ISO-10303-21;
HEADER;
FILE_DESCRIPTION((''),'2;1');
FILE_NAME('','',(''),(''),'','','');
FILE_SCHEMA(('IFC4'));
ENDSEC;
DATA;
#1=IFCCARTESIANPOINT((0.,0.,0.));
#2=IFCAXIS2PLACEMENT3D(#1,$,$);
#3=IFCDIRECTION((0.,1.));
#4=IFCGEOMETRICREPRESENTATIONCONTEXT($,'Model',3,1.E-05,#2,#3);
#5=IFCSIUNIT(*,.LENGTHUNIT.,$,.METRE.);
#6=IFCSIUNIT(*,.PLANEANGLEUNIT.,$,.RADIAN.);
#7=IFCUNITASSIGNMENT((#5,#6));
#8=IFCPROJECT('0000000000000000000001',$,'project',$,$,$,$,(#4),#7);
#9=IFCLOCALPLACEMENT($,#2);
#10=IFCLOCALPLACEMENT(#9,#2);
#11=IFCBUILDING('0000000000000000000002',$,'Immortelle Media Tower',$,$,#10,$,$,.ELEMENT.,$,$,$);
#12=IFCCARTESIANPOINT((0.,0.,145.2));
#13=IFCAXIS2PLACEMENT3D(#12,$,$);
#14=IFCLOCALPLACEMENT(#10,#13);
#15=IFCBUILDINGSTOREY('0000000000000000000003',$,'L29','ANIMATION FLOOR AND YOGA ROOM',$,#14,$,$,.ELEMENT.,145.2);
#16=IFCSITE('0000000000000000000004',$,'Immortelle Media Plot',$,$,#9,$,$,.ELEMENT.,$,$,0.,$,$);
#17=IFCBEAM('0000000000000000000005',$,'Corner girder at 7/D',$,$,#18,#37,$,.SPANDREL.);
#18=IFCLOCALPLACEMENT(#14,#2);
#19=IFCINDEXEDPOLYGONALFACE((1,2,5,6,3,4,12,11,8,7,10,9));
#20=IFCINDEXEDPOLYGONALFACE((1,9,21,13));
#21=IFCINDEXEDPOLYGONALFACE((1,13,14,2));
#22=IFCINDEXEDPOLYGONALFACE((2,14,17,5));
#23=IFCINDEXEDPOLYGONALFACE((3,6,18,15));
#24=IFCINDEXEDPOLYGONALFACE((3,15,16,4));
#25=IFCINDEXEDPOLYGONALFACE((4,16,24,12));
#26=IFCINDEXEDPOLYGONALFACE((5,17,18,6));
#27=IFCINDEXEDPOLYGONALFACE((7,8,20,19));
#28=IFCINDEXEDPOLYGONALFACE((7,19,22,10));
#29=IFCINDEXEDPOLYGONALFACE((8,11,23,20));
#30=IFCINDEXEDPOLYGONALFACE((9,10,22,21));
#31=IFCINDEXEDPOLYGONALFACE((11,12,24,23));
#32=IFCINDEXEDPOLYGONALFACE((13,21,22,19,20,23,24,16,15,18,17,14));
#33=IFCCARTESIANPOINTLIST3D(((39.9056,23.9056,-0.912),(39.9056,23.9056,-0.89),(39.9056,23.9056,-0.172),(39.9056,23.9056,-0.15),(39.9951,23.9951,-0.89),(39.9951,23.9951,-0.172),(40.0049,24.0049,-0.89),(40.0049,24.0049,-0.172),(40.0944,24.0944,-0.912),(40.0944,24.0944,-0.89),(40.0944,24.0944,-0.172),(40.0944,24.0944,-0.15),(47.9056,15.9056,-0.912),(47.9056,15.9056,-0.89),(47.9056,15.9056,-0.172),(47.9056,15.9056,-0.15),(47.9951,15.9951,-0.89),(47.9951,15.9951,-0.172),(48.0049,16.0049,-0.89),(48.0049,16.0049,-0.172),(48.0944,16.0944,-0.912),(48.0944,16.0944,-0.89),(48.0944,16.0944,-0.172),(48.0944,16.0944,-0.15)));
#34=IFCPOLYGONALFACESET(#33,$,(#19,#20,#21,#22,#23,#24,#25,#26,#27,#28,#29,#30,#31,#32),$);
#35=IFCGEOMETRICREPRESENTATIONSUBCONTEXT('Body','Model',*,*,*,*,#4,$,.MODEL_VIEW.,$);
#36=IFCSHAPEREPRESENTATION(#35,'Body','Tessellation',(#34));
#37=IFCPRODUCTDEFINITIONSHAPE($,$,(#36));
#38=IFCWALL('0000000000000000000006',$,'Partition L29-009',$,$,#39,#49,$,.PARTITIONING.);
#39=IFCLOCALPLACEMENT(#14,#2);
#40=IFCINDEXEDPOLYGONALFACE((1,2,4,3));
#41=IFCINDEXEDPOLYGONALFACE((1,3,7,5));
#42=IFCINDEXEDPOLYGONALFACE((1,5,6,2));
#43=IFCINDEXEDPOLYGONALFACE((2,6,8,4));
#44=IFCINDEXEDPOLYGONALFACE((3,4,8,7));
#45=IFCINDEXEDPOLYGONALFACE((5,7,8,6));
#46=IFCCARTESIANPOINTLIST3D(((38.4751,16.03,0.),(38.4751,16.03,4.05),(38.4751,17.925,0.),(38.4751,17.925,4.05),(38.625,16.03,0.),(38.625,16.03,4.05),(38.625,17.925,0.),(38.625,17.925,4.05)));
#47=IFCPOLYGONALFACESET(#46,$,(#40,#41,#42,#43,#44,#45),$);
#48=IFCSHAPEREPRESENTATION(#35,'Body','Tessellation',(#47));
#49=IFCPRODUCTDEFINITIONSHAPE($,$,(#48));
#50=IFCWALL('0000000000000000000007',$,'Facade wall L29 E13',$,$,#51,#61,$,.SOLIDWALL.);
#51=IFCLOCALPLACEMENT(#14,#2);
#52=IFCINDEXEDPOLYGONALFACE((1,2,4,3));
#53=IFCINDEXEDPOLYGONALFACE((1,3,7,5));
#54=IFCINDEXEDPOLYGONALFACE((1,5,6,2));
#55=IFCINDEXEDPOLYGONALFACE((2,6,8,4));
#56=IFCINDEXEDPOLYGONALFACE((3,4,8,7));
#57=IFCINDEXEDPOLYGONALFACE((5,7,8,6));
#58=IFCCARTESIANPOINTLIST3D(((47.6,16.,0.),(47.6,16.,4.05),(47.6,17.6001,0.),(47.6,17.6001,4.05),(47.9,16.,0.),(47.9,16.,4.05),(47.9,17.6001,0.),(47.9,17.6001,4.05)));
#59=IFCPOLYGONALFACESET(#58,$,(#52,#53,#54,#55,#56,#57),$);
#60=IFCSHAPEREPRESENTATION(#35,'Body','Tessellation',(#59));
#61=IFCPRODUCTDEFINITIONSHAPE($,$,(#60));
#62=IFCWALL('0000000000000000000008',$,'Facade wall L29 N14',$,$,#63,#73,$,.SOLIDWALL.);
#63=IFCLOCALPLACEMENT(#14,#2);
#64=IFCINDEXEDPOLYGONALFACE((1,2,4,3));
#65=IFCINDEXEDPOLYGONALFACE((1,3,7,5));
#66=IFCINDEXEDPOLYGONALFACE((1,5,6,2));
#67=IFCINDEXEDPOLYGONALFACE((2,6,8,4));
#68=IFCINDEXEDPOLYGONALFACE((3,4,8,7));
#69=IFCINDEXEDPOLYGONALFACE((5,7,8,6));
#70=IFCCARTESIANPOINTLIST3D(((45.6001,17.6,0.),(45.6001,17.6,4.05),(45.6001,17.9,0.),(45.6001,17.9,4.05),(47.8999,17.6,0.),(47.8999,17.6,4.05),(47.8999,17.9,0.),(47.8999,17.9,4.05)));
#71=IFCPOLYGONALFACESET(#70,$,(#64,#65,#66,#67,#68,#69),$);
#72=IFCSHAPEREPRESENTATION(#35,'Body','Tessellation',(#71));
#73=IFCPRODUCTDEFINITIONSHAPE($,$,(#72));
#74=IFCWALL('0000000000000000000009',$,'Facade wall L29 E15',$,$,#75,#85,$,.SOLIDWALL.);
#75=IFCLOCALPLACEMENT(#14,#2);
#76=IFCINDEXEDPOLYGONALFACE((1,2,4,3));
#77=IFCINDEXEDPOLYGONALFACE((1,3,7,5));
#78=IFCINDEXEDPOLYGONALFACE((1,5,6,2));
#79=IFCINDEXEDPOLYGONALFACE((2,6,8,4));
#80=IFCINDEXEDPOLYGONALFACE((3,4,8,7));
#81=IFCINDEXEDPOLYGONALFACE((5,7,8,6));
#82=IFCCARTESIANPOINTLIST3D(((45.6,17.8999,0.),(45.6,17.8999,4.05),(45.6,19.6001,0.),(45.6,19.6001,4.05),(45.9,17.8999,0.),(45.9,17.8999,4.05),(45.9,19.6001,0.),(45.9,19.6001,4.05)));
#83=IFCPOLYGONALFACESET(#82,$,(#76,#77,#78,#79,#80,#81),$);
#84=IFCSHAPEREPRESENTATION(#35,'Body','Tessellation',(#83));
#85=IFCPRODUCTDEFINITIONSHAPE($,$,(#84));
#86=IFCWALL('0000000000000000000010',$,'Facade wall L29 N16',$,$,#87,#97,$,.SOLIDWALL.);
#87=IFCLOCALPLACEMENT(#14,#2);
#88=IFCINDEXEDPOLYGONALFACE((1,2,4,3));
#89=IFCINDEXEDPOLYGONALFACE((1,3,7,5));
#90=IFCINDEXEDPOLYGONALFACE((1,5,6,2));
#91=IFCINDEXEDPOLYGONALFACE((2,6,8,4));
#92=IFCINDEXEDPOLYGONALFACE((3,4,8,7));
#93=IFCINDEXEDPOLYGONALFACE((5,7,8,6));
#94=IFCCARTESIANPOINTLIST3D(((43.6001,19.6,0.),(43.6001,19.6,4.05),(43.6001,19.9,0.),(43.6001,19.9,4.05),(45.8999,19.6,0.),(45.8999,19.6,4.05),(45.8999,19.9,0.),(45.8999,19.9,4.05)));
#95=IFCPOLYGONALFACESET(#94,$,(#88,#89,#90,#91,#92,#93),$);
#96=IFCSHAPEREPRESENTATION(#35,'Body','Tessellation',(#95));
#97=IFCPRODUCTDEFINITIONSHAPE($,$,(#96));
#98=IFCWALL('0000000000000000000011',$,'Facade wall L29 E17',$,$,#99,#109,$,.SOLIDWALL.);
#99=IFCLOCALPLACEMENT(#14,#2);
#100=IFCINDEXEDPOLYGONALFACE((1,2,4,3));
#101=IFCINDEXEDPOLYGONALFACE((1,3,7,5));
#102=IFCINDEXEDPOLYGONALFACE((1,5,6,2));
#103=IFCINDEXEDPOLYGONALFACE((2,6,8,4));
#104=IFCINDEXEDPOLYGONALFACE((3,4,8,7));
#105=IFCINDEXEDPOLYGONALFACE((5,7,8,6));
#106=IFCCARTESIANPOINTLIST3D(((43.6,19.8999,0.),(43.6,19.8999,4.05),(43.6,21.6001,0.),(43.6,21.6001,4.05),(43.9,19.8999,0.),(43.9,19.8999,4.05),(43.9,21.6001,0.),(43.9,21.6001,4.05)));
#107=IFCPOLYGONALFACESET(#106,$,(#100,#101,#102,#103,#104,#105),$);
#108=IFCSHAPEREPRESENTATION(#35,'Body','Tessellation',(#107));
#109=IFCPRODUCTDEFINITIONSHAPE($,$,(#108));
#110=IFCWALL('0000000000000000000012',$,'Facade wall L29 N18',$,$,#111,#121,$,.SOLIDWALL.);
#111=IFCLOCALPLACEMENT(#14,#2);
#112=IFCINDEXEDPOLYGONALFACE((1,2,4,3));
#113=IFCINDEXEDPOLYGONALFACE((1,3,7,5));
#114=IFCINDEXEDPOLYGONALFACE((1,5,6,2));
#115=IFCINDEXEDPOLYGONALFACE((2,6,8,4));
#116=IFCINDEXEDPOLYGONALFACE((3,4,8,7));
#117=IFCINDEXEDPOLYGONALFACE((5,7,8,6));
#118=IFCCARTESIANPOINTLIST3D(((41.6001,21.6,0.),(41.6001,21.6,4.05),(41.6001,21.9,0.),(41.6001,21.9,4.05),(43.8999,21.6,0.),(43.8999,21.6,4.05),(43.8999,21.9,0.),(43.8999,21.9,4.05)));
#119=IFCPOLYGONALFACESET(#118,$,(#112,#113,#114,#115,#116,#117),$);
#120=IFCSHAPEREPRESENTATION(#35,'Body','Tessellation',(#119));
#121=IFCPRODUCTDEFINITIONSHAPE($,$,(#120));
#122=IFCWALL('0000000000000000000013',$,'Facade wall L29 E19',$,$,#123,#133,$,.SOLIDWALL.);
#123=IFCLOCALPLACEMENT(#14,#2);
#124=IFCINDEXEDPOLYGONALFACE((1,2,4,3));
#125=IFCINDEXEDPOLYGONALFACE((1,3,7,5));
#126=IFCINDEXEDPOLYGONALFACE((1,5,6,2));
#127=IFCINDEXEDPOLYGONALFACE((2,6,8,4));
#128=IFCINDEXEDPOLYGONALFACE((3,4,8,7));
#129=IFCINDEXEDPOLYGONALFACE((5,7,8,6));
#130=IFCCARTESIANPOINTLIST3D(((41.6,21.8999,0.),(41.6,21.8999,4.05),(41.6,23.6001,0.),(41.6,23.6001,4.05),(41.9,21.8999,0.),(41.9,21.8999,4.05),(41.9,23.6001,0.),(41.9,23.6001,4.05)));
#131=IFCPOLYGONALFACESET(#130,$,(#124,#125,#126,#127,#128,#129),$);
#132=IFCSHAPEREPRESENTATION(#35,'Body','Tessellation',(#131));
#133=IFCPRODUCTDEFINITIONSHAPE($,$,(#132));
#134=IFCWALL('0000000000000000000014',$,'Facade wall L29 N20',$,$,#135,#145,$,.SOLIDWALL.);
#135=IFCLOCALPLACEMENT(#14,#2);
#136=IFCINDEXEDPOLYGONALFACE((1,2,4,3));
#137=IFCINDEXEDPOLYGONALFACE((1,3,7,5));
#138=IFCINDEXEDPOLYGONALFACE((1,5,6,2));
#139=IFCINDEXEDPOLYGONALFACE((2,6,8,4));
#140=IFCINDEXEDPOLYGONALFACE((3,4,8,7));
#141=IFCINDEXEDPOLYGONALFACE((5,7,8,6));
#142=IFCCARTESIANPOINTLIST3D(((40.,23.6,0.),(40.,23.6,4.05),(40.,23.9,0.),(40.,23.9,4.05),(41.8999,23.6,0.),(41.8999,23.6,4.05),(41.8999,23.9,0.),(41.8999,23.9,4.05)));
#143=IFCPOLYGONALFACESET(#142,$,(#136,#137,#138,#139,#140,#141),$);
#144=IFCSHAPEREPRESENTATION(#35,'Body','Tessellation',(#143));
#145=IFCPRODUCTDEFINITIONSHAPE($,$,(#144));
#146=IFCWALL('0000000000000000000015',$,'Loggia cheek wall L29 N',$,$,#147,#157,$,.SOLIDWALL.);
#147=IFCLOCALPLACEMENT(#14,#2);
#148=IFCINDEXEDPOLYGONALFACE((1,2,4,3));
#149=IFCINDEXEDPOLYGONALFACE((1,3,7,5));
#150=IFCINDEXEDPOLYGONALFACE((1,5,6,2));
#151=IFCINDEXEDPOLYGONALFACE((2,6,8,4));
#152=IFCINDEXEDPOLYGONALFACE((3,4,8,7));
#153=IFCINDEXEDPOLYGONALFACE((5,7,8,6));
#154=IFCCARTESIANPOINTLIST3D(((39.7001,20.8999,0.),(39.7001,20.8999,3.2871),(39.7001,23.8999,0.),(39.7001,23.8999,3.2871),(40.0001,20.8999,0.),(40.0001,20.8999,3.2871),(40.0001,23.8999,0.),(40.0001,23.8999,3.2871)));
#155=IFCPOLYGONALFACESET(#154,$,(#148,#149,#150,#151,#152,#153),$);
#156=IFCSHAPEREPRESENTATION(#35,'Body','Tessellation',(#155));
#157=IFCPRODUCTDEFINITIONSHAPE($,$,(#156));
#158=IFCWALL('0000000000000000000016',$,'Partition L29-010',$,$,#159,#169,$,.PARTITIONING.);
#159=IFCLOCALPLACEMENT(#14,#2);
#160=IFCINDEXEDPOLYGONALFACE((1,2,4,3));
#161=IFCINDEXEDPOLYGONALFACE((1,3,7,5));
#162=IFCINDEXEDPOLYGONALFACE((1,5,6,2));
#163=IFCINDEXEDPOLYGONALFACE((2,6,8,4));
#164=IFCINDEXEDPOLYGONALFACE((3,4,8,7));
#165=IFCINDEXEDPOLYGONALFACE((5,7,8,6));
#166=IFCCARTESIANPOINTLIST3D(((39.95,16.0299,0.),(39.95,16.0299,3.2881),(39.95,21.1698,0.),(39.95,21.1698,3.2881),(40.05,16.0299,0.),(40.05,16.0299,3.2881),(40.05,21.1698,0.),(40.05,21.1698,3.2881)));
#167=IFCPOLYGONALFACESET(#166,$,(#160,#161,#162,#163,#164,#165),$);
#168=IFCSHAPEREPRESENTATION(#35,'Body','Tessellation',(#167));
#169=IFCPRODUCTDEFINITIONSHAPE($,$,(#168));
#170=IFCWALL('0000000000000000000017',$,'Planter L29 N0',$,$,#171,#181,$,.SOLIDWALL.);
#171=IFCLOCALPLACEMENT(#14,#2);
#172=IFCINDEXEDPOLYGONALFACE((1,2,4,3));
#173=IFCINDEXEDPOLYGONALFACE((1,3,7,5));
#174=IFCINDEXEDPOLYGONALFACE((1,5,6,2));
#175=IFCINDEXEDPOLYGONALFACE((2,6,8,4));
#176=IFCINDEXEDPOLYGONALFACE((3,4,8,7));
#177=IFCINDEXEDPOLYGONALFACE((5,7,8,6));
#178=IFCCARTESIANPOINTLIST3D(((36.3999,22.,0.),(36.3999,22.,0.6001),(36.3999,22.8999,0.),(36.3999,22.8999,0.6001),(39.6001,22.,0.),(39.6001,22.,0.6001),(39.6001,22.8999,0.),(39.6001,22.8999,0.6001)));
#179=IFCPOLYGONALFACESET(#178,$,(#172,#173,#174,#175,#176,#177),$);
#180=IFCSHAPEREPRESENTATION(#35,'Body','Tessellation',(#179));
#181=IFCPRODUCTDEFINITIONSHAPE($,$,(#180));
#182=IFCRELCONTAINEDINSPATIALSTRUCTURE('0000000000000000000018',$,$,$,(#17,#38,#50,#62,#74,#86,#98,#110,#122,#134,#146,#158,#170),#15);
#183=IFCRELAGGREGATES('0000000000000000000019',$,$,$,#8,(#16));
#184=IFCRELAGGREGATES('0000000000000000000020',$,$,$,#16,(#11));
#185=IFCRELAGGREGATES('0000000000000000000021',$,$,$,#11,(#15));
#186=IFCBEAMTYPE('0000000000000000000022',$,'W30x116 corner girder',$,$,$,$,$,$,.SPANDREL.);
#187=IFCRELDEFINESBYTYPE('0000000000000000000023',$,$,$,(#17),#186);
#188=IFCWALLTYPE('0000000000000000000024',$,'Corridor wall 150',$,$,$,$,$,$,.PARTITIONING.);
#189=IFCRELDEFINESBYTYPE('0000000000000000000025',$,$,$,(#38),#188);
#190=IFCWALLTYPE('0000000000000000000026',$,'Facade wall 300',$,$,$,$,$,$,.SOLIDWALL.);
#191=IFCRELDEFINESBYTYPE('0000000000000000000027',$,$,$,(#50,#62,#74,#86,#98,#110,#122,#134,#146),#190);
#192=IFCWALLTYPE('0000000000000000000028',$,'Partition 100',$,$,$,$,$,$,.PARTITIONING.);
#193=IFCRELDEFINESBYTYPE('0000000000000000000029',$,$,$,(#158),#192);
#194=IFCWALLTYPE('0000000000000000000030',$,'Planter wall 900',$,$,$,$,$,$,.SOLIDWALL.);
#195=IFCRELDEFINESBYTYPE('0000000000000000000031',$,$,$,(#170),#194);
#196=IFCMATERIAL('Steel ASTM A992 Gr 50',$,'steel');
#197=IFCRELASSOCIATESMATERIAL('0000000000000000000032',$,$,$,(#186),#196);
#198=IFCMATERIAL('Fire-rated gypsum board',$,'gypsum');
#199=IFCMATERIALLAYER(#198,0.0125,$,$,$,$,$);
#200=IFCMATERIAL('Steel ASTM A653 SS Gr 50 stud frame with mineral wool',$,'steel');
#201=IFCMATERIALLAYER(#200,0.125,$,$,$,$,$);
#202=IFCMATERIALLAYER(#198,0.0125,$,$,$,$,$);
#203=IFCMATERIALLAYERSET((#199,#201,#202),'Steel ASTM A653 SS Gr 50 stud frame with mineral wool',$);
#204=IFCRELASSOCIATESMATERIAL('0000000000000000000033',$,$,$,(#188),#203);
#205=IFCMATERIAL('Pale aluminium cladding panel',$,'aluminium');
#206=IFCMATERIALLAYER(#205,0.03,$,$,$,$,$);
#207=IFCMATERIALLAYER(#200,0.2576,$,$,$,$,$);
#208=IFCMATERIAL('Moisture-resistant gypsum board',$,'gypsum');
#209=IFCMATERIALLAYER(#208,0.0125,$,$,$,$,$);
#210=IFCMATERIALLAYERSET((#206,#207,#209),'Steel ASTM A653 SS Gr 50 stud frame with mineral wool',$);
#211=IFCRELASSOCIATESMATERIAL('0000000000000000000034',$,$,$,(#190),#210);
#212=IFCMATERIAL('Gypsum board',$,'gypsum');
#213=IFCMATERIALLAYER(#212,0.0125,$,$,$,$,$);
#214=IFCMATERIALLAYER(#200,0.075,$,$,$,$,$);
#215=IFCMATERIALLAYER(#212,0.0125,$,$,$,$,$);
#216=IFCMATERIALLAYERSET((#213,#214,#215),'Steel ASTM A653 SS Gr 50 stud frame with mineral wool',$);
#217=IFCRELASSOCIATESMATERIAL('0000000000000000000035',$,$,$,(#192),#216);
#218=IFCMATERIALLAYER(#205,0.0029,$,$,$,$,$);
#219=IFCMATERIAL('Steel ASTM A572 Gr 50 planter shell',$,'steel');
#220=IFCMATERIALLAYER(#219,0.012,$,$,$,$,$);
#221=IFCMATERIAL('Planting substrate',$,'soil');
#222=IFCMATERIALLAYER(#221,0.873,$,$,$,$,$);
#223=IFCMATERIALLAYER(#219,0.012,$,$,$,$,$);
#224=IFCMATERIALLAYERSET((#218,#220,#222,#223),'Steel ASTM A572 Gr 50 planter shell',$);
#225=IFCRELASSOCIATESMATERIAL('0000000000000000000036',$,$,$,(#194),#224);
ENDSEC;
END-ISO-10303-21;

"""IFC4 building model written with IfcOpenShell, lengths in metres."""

from ifc_helpers import new_model, si_unit, direction, frame, frame_2d, origin, origin_2d, place, context, subcontext, project, spatial, rectangle, i_section, extrude, material, layer, layer_set, material_profile, profile_set, type_object, element, save


model = new_model("IFC4")

# Units and contexts
model_context = context("Model", 3, precision=1e-05, world=origin(), true_north=direction((0.0, 1.0)))
body_context = subcontext(model_context, "Body", "Model", "MODEL_VIEW")
ifc_project = project(units=[si_unit("LENGTHUNIT", "METRE"), si_unit("PLANEANGLEUNIT", "RADIAN")], contexts=[model_context])

# Site, building, storey
site_placement = place(None, origin())
site = spatial("IfcSite", under=ifc_project, at=site_placement, Name="Immortelle Media Plot", CompositionType="ELEMENT", RefElevation=0.0)
building_placement = place(site_placement, origin())
building = spatial("IfcBuilding", under=site, at=building_placement, Name="Immortelle Media Tower", CompositionType="ELEMENT")
storey_placement = place(building_placement, frame((0.0, 0.0, 145.2)))
storey = spatial("IfcBuildingStorey", under=building, at=storey_placement, Name="L29", Description="ANIMATION FLOOR AND YOGA ROOM", CompositionType="ELEMENT", Elevation=145.2)

# Shared definitions
ifc_material_1 = material(Name="Steel ASTM A992 Gr 50", Category="steel")

# Beam
ifc_material_profile_1 = material_profile(ifc_material_1, i_section(OverallWidth=0.2671, OverallDepth=0.762, WebThickness=0.0139, FlangeThickness=0.022, at=origin_2d()), Name="W30x116")
ifc_profile_set_1 = profile_set([ifc_material_profile_1], Name="Steel ASTM A992 Gr 50")
beam_type_1 = type_object("IfcBeamType", Name="W30x116 corner girder", PredefinedType="SPANDREL", material=ifc_profile_set_1)
beam_placement = place(storey_placement, frame((40.0, 24.0, -0.531), z_axis=(0.707107, -0.707107, 0.0), x_axis=(0.707107, 0.707107, 0.0)))
element("IfcBeam", 1, at=beam_placement, inside=storey, type_object=beam_type_1, Name="Corner girder at 7/D", PredefinedType="SPANDREL", context=body_context, shape_type="SweptSolid", body=[
    extrude(i_section(OverallWidth=0.2671, OverallDepth=0.762, WebThickness=0.0139, FlangeThickness=0.022, at=origin_2d()), origin(), (0.0, 0.0, 1.0), 11.3137),
])

# Walls
ifc_material_2 = material(Name="Fire-rated gypsum board", Category="gypsum")
ifc_layer_1 = layer(ifc_material_2, 0.0125)
ifc_material_3 = material(Name="Steel ASTM A653 SS Gr 50 stud frame with mineral wool", Category="steel")
ifc_layer_2 = layer(ifc_material_3, 0.125)
ifc_layer_3 = layer(ifc_material_2, 0.0125)
ifc_layer_set_1 = layer_set([ifc_layer_1, ifc_layer_2, ifc_layer_3], Name="Steel ASTM A653 SS Gr 50 stud frame with mineral wool")
wall_type_1 = type_object("IfcWallType", Name="Corridor wall 150", PredefinedType="PARTITIONING", material=ifc_layer_set_1)
wall_1_placement = place(storey_placement, frame((38.55, 16.03, 0.0), z_axis=(0.0, 0.0, 1.0), x_axis=(0.0, 1.0, 0.0)))
element("IfcWall", 2, at=wall_1_placement, inside=storey, type_object=wall_type_1, Name="Partition L29-009", PredefinedType="PARTITIONING", context=body_context, shape_type="SweptSolid", body=[
    extrude(rectangle(XDim=1.895, YDim=0.1499, at=frame_2d((0.9475, 0.0))), origin(), (0.0, 0.0, 1.0), 4.05),
])
ifc_material_4 = material(Name="Pale aluminium cladding panel", Category="aluminium")
ifc_layer_4 = layer(ifc_material_4, 0.03)
ifc_layer_5 = layer(ifc_material_3, 0.2576)
ifc_material_5 = material(Name="Moisture-resistant gypsum board", Category="gypsum")
ifc_layer_6 = layer(ifc_material_5, 0.0125)
ifc_layer_set_2 = layer_set([ifc_layer_4, ifc_layer_5, ifc_layer_6], Name="Steel ASTM A653 SS Gr 50 stud frame with mineral wool")
wall_type_2 = type_object("IfcWallType", Name="Facade wall 300", PredefinedType="SOLIDWALL", material=ifc_layer_set_2)
wall_2_placement = place(storey_placement, frame((47.75, 16.0, 0.0), z_axis=(0.0, 0.0, 1.0), x_axis=(0.0, 1.0, 0.0)))
element("IfcWall", 3, at=wall_2_placement, inside=storey, type_object=wall_type_2, Name="Facade wall L29 E13", PredefinedType="SOLIDWALL", context=body_context, shape_type="SweptSolid", body=[
    extrude(rectangle(XDim=1.6001, YDim=0.3, at=frame_2d((0.8, 0.0))), origin(), (0.0, 0.0, 1.0), 4.05),
])
wall_3_placement = place(storey_placement, frame((47.8999, 17.75, 0.0), z_axis=(0.0, 0.0, 1.0), x_axis=(-1.0, 0.0, 0.0)))
element("IfcWall", 4, at=wall_3_placement, inside=storey, type_object=wall_type_2, Name="Facade wall L29 N14", PredefinedType="SOLIDWALL", context=body_context, shape_type="SweptSolid", body=[
    extrude(rectangle(XDim=2.2998, YDim=0.3, at=frame_2d((1.1499, 0.0))), origin(), (0.0, 0.0, 1.0), 4.05),
])
wall_4_placement = place(storey_placement, frame((45.75, 17.8999, 0.0), z_axis=(0.0, 0.0, 1.0), x_axis=(0.0, 1.0, 0.0)))
element("IfcWall", 5, at=wall_4_placement, inside=storey, type_object=wall_type_2, Name="Facade wall L29 E15", PredefinedType="SOLIDWALL", context=body_context, shape_type="SweptSolid", body=[
    extrude(rectangle(XDim=1.7002, YDim=0.3, at=frame_2d((0.8501, 0.0))), origin(), (0.0, 0.0, 1.0), 4.05),
])
wall_5_placement = place(storey_placement, frame((45.8999, 19.75, 0.0), z_axis=(0.0, 0.0, 1.0), x_axis=(-1.0, 0.0, 0.0)))
element("IfcWall", 6, at=wall_5_placement, inside=storey, type_object=wall_type_2, Name="Facade wall L29 N16", PredefinedType="SOLIDWALL", context=body_context, shape_type="SweptSolid", body=[
    extrude(rectangle(XDim=2.2998, YDim=0.3, at=frame_2d((1.1499, 0.0))), origin(), (0.0, 0.0, 1.0), 4.05),
])
wall_6_placement = place(storey_placement, frame((43.75, 19.8999, 0.0), z_axis=(0.0, 0.0, 1.0), x_axis=(0.0, 1.0, 0.0)))
element("IfcWall", 7, at=wall_6_placement, inside=storey, type_object=wall_type_2, Name="Facade wall L29 E17", PredefinedType="SOLIDWALL", context=body_context, shape_type="SweptSolid", body=[
    extrude(rectangle(XDim=1.7002, YDim=0.3, at=frame_2d((0.8501, 0.0))), origin(), (0.0, 0.0, 1.0), 4.05),
])
wall_7_placement = place(storey_placement, frame((43.8999, 21.75, 0.0), z_axis=(0.0, 0.0, 1.0), x_axis=(-1.0, 0.0, 0.0)))
element("IfcWall", 8, at=wall_7_placement, inside=storey, type_object=wall_type_2, Name="Facade wall L29 N18", PredefinedType="SOLIDWALL", context=body_context, shape_type="SweptSolid", body=[
    extrude(rectangle(XDim=2.2998, YDim=0.3, at=frame_2d((1.1499, 0.0))), origin(), (0.0, 0.0, 1.0), 4.05),
])
wall_8_placement = place(storey_placement, frame((41.75, 21.8999, 0.0), z_axis=(0.0, 0.0, 1.0), x_axis=(0.0, 1.0, 0.0)))
element("IfcWall", 9, at=wall_8_placement, inside=storey, type_object=wall_type_2, Name="Facade wall L29 E19", PredefinedType="SOLIDWALL", context=body_context, shape_type="SweptSolid", body=[
    extrude(rectangle(XDim=1.7002, YDim=0.3, at=frame_2d((0.8501, 0.0))), origin(), (0.0, 0.0, 1.0), 4.05),
])
wall_9_placement = place(storey_placement, frame((41.8999, 23.75, 0.0), z_axis=(0.0, 0.0, 1.0), x_axis=(-1.0, 0.0, 0.0)))
element("IfcWall", 10, at=wall_9_placement, inside=storey, type_object=wall_type_2, Name="Facade wall L29 N20", PredefinedType="SOLIDWALL", context=body_context, shape_type="SweptSolid", body=[
    extrude(rectangle(XDim=1.8999, YDim=0.3, at=frame_2d((0.95, 0.0))), origin(), (0.0, 0.0, 1.0), 4.05),
])

# Walls
wall_10_placement = place(storey_placement, frame((39.8501, 23.8999, 0.0), z_axis=(0.0, 0.0, 1.0), x_axis=(0.0, -1.0, 0.0)))
element("IfcWall", 11, at=wall_10_placement, inside=storey, type_object=wall_type_2, Name="Loggia cheek wall L29 N", PredefinedType="SOLIDWALL", context=body_context, shape_type="SweptSolid", body=[
    extrude(rectangle(XDim=3.0, YDim=0.3, at=frame_2d((1.5, 0.0))), origin(), (0.0, 0.0, 1.0), 3.2871),
])
ifc_material_6 = material(Name="Gypsum board", Category="gypsum")
ifc_layer_7 = layer(ifc_material_6, 0.0125)
ifc_layer_8 = layer(ifc_material_3, 0.075)
ifc_layer_9 = layer(ifc_material_6, 0.0125)
ifc_layer_set_3 = layer_set([ifc_layer_7, ifc_layer_8, ifc_layer_9], Name="Steel ASTM A653 SS Gr 50 stud frame with mineral wool")
wall_type_3 = type_object("IfcWallType", Name="Partition 100", PredefinedType="PARTITIONING", material=ifc_layer_set_3)
wall_11_placement = place(storey_placement, frame((40.0, 16.03, 0.0), z_axis=(0.0, 0.0, 1.0), x_axis=(0.0, 1.0, 0.0)))
element("IfcWall", 12, at=wall_11_placement, inside=storey, type_object=wall_type_3, Name="Partition L29-010", PredefinedType="PARTITIONING", context=body_context, shape_type="SweptSolid", body=[
    extrude(rectangle(XDim=5.1399, YDim=0.1001, at=frame_2d((2.5698, 0.0))), origin(), (0.0, 0.0, 1.0), 3.2881),
])
ifc_layer_10 = layer(ifc_material_4, 0.0029)
ifc_material_7 = material(Name="Steel ASTM A572 Gr 50 planter shell", Category="steel")
ifc_layer_11 = layer(ifc_material_7, 0.012)
ifc_material_8 = material(Name="Planting substrate", Category="soil")
ifc_layer_12 = layer(ifc_material_8, 0.873)
ifc_layer_13 = layer(ifc_material_7, 0.012)
ifc_layer_set_4 = layer_set([ifc_layer_10, ifc_layer_11, ifc_layer_12, ifc_layer_13], Name="Steel ASTM A572 Gr 50 planter shell")
wall_type_4 = type_object("IfcWallType", Name="Planter wall 900", PredefinedType="SOLIDWALL", material=ifc_layer_set_4)
wall_12_placement = place(storey_placement, frame((39.6001, 22.45, 0.0), z_axis=(0.0, 0.0, 1.0), x_axis=(-1.0, 0.0, 0.0)))
element("IfcWall", 13, at=wall_12_placement, inside=storey, type_object=wall_type_4, Name="Planter L29 N0", PredefinedType="SOLIDWALL", context=body_context, shape_type="SweptSolid", body=[
    extrude(rectangle(XDim=3.2002, YDim=0.8999, at=frame_2d((1.6001, 0.0))), origin(), (0.0, 0.0, 1.0), 0.6001),
])

save(model, "model.ifc")
